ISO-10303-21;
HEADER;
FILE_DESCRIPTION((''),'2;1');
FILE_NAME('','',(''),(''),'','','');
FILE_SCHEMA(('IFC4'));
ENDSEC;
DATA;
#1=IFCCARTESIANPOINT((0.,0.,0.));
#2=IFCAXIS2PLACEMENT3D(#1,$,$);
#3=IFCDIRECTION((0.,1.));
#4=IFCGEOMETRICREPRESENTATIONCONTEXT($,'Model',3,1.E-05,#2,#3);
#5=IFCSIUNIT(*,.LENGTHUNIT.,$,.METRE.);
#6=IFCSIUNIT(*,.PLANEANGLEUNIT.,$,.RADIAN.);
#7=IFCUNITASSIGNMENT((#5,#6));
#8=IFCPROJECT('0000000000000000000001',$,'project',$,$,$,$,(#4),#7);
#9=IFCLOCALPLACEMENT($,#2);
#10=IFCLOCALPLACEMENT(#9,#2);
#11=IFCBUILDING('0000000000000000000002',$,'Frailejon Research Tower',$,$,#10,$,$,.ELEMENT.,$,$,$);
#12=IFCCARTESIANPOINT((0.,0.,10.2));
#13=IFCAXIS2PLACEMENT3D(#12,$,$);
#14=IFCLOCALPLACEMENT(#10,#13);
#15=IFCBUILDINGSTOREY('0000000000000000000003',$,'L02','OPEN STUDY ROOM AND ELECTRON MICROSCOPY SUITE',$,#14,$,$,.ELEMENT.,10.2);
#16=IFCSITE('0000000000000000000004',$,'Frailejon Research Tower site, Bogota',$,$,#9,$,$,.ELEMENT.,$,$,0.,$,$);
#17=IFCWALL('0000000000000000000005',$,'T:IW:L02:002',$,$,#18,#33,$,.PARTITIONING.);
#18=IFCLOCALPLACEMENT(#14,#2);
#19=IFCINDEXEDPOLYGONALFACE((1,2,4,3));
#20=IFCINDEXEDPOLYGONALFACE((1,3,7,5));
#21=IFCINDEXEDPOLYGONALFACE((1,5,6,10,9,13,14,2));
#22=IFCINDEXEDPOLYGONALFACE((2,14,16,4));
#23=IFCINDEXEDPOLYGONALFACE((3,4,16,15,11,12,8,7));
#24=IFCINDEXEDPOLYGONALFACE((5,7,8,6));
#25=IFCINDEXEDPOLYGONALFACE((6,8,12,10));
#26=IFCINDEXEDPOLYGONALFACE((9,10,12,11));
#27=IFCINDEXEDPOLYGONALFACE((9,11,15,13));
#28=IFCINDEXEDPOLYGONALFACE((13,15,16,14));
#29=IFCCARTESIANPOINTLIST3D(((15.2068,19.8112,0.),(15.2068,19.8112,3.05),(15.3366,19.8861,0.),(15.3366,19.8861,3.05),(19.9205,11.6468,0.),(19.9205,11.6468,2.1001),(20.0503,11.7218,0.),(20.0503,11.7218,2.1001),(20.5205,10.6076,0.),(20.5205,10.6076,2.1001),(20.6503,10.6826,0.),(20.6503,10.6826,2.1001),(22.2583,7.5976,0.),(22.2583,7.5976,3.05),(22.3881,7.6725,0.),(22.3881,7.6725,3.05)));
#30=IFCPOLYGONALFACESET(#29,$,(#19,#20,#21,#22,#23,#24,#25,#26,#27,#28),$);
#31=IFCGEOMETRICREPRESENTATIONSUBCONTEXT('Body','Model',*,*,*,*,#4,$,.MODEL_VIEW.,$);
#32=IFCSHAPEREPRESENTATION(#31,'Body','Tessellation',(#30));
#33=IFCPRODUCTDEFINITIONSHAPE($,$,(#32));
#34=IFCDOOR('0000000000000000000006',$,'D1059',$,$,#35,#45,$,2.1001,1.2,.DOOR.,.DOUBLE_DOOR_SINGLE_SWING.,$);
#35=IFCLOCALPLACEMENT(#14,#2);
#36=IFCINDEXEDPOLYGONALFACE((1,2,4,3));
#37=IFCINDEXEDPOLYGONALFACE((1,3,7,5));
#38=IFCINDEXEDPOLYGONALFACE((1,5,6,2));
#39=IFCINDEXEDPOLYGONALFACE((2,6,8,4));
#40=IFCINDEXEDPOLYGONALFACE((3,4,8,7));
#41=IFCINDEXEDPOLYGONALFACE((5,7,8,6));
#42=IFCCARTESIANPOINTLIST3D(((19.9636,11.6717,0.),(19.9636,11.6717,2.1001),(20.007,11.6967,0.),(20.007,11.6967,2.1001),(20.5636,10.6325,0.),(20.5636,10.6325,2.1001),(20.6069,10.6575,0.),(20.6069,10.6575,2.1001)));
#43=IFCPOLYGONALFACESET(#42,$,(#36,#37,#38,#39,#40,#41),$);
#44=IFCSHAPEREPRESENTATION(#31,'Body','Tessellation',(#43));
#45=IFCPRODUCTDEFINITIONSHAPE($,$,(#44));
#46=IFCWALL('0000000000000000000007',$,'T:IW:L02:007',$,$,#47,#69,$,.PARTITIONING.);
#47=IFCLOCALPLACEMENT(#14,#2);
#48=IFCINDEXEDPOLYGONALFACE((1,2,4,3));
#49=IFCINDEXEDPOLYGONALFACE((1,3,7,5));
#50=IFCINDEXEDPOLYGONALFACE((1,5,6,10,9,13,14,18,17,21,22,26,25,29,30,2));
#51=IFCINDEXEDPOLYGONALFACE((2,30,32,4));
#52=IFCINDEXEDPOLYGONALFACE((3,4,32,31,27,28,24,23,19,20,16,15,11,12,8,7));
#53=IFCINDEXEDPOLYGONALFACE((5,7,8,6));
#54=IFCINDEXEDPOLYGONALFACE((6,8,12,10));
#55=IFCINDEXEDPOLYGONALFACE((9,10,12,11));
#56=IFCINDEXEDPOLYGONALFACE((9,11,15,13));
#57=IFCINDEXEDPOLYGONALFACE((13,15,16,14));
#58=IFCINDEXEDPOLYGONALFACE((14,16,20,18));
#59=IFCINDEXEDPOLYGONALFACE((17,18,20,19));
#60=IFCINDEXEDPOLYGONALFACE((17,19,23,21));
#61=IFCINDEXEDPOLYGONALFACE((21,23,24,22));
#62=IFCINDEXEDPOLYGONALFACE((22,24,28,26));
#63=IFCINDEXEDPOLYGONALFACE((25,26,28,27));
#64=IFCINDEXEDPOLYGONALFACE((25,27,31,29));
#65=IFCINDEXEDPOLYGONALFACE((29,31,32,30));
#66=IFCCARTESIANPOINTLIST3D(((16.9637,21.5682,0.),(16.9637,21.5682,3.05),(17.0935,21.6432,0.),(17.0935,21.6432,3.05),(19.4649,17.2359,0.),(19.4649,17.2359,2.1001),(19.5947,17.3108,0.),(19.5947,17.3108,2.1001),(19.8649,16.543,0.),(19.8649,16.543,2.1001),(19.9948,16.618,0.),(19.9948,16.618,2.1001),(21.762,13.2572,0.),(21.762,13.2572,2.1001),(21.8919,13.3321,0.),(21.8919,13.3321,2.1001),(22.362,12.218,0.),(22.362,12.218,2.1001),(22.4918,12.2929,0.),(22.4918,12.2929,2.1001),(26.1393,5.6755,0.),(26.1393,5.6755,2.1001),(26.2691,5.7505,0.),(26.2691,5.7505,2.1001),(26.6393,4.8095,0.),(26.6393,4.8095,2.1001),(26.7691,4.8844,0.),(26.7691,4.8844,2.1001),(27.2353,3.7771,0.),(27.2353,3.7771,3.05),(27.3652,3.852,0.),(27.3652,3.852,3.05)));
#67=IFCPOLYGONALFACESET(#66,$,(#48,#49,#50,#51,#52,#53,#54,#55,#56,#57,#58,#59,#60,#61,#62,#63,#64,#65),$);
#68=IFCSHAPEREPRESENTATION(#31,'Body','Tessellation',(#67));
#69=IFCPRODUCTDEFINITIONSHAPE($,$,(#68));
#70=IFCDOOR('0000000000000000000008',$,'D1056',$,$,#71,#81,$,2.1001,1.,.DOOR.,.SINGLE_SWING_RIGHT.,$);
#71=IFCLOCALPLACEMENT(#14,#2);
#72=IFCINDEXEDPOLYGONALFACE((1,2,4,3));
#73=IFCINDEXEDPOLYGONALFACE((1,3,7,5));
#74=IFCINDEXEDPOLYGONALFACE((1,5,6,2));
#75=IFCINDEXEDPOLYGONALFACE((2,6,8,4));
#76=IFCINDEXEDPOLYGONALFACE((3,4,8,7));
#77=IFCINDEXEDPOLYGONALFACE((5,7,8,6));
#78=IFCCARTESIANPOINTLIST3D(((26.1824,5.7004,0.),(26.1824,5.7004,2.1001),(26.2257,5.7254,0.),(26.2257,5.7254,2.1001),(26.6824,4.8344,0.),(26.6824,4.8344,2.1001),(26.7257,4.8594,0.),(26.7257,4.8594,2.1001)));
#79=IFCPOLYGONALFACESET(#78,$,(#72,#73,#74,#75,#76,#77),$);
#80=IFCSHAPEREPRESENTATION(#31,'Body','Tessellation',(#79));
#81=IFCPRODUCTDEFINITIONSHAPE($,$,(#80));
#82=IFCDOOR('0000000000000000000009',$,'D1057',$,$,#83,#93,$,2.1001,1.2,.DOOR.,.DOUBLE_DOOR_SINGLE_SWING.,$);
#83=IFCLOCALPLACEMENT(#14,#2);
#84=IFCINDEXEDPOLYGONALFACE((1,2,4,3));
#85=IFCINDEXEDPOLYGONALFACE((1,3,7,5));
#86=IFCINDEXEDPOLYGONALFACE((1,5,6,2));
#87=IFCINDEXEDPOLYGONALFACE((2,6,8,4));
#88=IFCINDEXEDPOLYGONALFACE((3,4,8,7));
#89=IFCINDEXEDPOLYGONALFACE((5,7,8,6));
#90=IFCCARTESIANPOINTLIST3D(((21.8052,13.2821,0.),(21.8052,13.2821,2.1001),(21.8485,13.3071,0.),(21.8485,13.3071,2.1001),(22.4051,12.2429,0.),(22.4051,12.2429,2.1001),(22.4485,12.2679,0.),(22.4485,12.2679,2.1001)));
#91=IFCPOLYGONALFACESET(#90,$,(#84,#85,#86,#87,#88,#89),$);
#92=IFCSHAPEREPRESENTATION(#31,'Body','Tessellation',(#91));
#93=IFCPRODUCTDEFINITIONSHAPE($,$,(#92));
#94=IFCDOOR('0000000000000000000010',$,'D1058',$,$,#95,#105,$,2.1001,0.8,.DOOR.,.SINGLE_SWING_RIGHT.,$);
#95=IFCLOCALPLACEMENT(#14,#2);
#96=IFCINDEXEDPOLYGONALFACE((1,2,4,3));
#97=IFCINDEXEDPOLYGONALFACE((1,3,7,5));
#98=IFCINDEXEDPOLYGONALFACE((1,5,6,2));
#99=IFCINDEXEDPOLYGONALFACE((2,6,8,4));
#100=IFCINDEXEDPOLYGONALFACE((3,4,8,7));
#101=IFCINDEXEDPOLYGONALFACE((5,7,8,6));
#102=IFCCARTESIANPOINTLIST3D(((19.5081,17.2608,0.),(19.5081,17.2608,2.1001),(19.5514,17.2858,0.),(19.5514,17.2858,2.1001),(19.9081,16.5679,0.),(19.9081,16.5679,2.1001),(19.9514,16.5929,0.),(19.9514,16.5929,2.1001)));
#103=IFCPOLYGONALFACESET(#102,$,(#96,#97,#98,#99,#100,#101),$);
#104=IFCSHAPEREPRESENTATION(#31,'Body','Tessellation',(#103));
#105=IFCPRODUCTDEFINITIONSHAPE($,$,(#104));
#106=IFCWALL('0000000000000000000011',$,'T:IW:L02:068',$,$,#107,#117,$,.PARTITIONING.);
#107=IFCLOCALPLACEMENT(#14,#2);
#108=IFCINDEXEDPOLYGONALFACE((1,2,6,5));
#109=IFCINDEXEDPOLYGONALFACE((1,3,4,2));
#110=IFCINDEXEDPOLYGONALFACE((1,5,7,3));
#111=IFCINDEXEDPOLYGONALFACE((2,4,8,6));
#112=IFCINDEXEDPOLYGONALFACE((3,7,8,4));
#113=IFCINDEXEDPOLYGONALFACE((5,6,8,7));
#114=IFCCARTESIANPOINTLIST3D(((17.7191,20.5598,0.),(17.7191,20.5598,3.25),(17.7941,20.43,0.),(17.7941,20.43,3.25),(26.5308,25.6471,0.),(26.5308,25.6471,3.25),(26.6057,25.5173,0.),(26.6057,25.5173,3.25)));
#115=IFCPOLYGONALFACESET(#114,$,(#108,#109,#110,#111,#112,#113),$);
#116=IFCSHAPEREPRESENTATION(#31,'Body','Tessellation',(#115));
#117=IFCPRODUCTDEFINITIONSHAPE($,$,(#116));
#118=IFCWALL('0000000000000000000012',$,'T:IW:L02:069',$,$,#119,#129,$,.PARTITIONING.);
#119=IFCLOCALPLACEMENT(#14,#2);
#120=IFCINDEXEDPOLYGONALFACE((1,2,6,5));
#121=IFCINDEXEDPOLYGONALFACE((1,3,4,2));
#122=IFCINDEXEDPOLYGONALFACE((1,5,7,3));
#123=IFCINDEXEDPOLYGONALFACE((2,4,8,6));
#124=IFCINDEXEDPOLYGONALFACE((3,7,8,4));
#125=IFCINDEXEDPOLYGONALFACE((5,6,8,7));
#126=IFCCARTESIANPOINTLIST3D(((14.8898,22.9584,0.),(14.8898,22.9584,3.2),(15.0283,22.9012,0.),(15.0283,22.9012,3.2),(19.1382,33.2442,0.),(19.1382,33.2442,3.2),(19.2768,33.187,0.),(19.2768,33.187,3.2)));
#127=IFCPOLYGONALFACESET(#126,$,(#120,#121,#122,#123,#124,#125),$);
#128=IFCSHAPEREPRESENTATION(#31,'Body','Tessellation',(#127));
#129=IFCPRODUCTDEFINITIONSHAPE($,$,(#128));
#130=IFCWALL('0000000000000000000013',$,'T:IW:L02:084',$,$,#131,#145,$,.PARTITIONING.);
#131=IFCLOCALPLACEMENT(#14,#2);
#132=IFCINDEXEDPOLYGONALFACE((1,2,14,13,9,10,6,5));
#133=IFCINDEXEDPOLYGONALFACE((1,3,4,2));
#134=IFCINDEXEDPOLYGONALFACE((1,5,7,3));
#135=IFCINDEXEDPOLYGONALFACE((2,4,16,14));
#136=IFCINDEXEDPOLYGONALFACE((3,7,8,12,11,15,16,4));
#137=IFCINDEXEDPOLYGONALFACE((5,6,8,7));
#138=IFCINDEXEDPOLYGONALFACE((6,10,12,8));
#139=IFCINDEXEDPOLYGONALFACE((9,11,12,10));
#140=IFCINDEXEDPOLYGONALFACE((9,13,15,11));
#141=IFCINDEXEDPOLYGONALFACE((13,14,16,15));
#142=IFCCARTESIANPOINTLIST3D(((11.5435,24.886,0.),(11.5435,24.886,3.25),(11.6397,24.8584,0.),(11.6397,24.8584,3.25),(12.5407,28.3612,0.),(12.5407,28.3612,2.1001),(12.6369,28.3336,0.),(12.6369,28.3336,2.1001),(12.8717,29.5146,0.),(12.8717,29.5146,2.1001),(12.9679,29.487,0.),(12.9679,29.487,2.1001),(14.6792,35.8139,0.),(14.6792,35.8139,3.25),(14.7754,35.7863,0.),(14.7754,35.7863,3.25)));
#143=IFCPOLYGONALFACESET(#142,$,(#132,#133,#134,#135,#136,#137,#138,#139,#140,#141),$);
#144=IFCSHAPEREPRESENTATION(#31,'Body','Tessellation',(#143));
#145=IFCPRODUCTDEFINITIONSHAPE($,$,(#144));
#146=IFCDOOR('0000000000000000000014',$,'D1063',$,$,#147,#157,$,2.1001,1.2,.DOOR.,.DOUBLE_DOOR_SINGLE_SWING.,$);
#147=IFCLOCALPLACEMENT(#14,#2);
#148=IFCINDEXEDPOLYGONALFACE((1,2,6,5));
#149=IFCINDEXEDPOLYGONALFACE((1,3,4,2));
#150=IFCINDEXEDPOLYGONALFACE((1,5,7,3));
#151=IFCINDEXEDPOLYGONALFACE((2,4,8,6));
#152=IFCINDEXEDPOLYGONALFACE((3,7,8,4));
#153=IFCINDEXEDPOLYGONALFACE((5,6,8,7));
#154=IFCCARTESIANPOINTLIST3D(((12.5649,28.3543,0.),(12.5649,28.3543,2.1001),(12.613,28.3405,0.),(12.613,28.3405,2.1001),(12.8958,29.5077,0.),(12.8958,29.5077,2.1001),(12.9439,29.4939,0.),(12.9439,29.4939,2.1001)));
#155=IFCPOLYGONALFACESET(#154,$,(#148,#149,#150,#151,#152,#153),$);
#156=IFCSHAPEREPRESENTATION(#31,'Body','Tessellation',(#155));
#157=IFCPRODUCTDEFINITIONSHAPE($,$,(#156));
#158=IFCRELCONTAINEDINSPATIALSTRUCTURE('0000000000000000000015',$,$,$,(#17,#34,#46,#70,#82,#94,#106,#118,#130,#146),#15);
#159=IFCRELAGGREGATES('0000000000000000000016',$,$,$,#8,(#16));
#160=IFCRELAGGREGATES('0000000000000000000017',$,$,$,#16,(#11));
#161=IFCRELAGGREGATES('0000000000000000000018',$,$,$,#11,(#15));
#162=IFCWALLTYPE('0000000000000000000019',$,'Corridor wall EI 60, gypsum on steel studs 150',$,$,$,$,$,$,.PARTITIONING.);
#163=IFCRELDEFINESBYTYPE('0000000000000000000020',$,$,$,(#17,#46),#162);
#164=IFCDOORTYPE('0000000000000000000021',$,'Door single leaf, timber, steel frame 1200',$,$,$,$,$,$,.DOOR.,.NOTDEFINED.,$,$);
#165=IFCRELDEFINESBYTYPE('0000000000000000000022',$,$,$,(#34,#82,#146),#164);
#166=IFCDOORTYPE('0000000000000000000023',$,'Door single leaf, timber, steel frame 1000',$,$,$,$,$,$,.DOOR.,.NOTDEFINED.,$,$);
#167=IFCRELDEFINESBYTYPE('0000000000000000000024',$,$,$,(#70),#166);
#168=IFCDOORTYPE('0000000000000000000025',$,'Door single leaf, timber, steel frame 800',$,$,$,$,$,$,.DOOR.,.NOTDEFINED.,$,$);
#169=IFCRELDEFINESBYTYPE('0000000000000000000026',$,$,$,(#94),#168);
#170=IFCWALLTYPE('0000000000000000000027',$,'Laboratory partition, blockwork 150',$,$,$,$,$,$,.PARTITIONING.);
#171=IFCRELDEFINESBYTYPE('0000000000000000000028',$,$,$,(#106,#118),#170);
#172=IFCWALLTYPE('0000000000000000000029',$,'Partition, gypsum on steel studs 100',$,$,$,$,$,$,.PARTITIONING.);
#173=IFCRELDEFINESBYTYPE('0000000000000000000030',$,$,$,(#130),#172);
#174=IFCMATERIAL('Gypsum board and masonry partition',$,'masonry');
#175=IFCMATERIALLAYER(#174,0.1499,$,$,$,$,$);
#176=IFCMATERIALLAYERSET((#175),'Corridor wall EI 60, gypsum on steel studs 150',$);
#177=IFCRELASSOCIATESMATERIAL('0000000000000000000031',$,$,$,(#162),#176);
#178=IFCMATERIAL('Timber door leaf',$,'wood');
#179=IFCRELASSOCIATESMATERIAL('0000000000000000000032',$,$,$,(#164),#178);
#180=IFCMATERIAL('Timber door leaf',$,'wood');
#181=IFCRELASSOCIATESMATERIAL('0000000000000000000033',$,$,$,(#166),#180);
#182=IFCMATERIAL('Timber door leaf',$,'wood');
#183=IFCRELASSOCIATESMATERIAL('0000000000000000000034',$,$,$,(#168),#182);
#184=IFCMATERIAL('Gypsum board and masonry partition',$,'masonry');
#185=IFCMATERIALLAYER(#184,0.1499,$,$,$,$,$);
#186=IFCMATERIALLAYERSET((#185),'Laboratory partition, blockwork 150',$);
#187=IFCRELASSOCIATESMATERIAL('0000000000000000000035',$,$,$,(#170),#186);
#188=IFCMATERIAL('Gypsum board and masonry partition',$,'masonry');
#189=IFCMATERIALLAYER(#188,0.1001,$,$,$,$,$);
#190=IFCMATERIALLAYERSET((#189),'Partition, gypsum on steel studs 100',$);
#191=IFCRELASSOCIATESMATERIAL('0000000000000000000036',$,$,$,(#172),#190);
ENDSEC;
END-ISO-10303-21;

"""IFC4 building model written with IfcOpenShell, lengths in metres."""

from ifc_helpers import new_model, si_unit, direction, frame, frame_2d, origin, place, context, subcontext, project, spatial, rectangle, extrude, material, layer, layer_set, type_object, element, fill, save


model = new_model("IFC4")

# Units and contexts
model_context = context("Model", 3, precision=1e-05, world=origin(), true_north=direction((0.0, 1.0)))
body_context = subcontext(model_context, "Body", "Model", "MODEL_VIEW")
ifc_project = project(units=[si_unit("LENGTHUNIT", "METRE"), si_unit("PLANEANGLEUNIT", "RADIAN")], contexts=[model_context])

# Site, building, storey
site_placement = place(None, origin())
site = spatial("IfcSite", under=ifc_project, at=site_placement, Name="Frailejon Research Tower site, Bogota", CompositionType="ELEMENT", RefElevation=0.0)
building_placement = place(site_placement, origin())
building = spatial("IfcBuilding", under=site, at=building_placement, Name="Frailejon Research Tower", CompositionType="ELEMENT")
storey_placement = place(building_placement, frame((0.0, 0.0, 10.2)))
storey = spatial("IfcBuildingStorey", under=building, at=storey_placement, Name="L02", Description="OPEN STUDY ROOM AND ELECTRON MICROSCOPY SUITE", CompositionType="ELEMENT", Elevation=10.2)

# Wall, opening, door
ifc_material_1 = material(Name="Gypsum board and masonry partition", Category="masonry")
ifc_layer_1 = layer(ifc_material_1, 0.1499)
ifc_layer_set_1 = layer_set([ifc_layer_1], Name="Corridor wall EI 60, gypsum on steel studs 150")
wall_type_1 = type_object("IfcWallType", Name="Corridor wall EI 60, gypsum on steel studs 150", PredefinedType="PARTITIONING", material=ifc_layer_set_1)
wall_1_placement = place(storey_placement, frame((15.2717, 19.8486, 0.0), z_axis=(0.0, 0.0, 1.0), x_axis=(0.499999, -0.866026, 0.0)))
wall_1 = element("IfcWall", 1, at=wall_1_placement, inside=storey, type_object=wall_type_1, Name="T:IW:L02:002", PredefinedType="PARTITIONING", context=body_context, shape_type="SweptSolid", body=[
    extrude(rectangle(XDim=14.103, YDim=0.1499, at=frame_2d((7.0515, 0.0))), origin(), (0.0, 0.0, 1.0), 3.05),
])
opening_1_placement = place(wall_1_placement, frame((9.4272, 0.0, 0.0)))
opening_1 = element("IfcOpeningElement", 2, at=opening_1_placement, cuts=wall_1, PredefinedType="OPENING", context=body_context, shape_type="SweptSolid", body=[
    extrude(rectangle(XDim=1.2, YDim=2.1001, at=frame_2d((0.6001, 1.05))), frame((0.0, 0.085, 0.0), z_axis=(0.0, -1.0, 0.0), x_axis=(1.0, 0.0, 0.0)), (0.0, 0.0, 1.0), 0.1699),
])
ifc_material_2 = material(Name="Timber door leaf", Category="wood")
door_type_1 = type_object("IfcDoorType", Name="Door single leaf, timber, steel frame 1200", OperationType="NOTDEFINED", PredefinedType="DOOR", material=ifc_material_2)
door_1_placement = place(opening_1_placement, origin())
door_1 = element("IfcDoor", 3, at=door_1_placement, inside=storey, type_object=door_type_1, Name="D1059", OperationType="DOUBLE_DOOR_SINGLE_SWING", OverallHeight=2.1001, OverallWidth=1.2, PredefinedType="DOOR", context=body_context, shape_type="SweptSolid", body=[
    extrude(rectangle(XDim=1.2, YDim=2.1001, at=frame_2d((0.6001, 1.05))), frame((0.0, 0.0249, 0.0), z_axis=(0.0, -1.0, 0.0), x_axis=(1.0, 0.0, 0.0)), (0.0, 0.0, 1.0), 0.05),
])
fill(opening_1, door_1)

# Wall, openings, doors
wall_2_placement = place(storey_placement, frame((17.0286, 21.6057, 0.0), z_axis=(0.0, 0.0, 1.0), x_axis=(0.499998, -0.866027, 0.0)))
wall_2 = element("IfcWall", 4, at=wall_2_placement, inside=storey, type_object=wall_type_1, Name="T:IW:L02:007", PredefinedType="PARTITIONING", context=body_context, shape_type="SweptSolid", body=[
    extrude(rectangle(XDim=20.5435, YDim=0.1499, at=frame_2d((10.2717, 0.0))), origin(), (0.0, 0.0, 1.0), 3.05),
])
opening_2_placement = place(wall_2_placement, frame((18.3513, 0.0, 0.0)))
opening_2 = element("IfcOpeningElement", 5, at=opening_2_placement, cuts=wall_2, PredefinedType="OPENING", context=body_context, shape_type="SweptSolid", body=[
    extrude(rectangle(XDim=1.0, YDim=2.1001, at=frame_2d((0.5, 1.05))), frame((0.0, 0.085, 0.0), z_axis=(0.0, -1.0, 0.0), x_axis=(1.0, 0.0, 0.0)), (0.0, 0.0, 1.0), 0.1699),
])
opening_3_placement = place(wall_2_placement, frame((9.5967, 0.0, 0.0)))
opening_3 = element("IfcOpeningElement", 6, at=opening_3_placement, cuts=wall_2, PredefinedType="OPENING", context=body_context, shape_type="SweptSolid", body=[
    extrude(rectangle(XDim=1.2, YDim=2.1001, at=frame_2d((0.6001, 1.05))), frame((0.0, 0.085, 0.0), z_axis=(0.0, -1.0, 0.0), x_axis=(1.0, 0.0, 0.0)), (0.0, 0.0, 1.0), 0.1699),
])
opening_4_placement = place(wall_2_placement, frame((5.0027, 0.0, 0.0)))
opening_4 = element("IfcOpeningElement", 7, at=opening_4_placement, cuts=wall_2, PredefinedType="OPENING", context=body_context, shape_type="SweptSolid", body=[
    extrude(rectangle(XDim=0.8, YDim=2.1001, at=frame_2d((0.3999, 1.05))), frame((0.0, 0.085, 0.0), z_axis=(0.0, -1.0, 0.0), x_axis=(1.0, 0.0, 0.0)), (0.0, 0.0, 1.0), 0.1699),
])
ifc_material_3 = material(Name="Timber door leaf", Category="wood")
door_type_2 = type_object("IfcDoorType", Name="Door single leaf, timber, steel frame 1000", OperationType="NOTDEFINED", PredefinedType="DOOR", material=ifc_material_3)
door_2_placement = place(opening_2_placement, origin())
door_2 = element("IfcDoor", 8, at=door_2_placement, inside=storey, type_object=door_type_2, Name="D1056", OperationType="SINGLE_SWING_RIGHT", OverallHeight=2.1001, OverallWidth=1.0, PredefinedType="DOOR", context=body_context, shape_type="SweptSolid", body=[
    extrude(rectangle(XDim=1.0, YDim=2.1001, at=frame_2d((0.5, 1.05))), frame((0.0, 0.0249, 0.0), z_axis=(0.0, -1.0, 0.0), x_axis=(1.0, 0.0, 0.0)), (0.0, 0.0, 1.0), 0.05),
])
fill(opening_2, door_2)
door_3_placement = place(opening_3_placement, origin())
door_3 = element("IfcDoor", 9, at=door_3_placement, inside=storey, type_object=door_type_1, Name="D1057", OperationType="DOUBLE_DOOR_SINGLE_SWING", OverallHeight=2.1001, OverallWidth=1.2, PredefinedType="DOOR", context=body_context, shape_type="SweptSolid", body=[
    extrude(rectangle(XDim=1.2, YDim=2.1001, at=frame_2d((0.6001, 1.05))), frame((0.0, 0.0249, 0.0), z_axis=(0.0, -1.0, 0.0), x_axis=(1.0, 0.0, 0.0)), (0.0, 0.0, 1.0), 0.05),
])
fill(opening_3, door_3)
ifc_material_4 = material(Name="Timber door leaf", Category="wood")
door_type_3 = type_object("IfcDoorType", Name="Door single leaf, timber, steel frame 800", OperationType="NOTDEFINED", PredefinedType="DOOR", material=ifc_material_4)
door_4_placement = place(opening_4_placement, origin())
door_4 = element("IfcDoor", 10, at=door_4_placement, inside=storey, type_object=door_type_3, Name="D1058", OperationType="SINGLE_SWING_RIGHT", OverallHeight=2.1001, OverallWidth=0.8, PredefinedType="DOOR", context=body_context, shape_type="SweptSolid", body=[
    extrude(rectangle(XDim=0.8, YDim=2.1001, at=frame_2d((0.3999, 1.05))), frame((0.0, 0.0249, 0.0), z_axis=(0.0, -1.0, 0.0), x_axis=(1.0, 0.0, 0.0)), (0.0, 0.0, 1.0), 0.05),
])
fill(opening_4, door_4)

# Walls
ifc_material_5 = material(Name="Gypsum board and masonry partition", Category="masonry")
ifc_layer_2 = layer(ifc_material_5, 0.1499)
ifc_layer_set_2 = layer_set([ifc_layer_2], Name="Laboratory partition, blockwork 150")
wall_type_2 = type_object("IfcWallType", Name="Laboratory partition, blockwork 150", PredefinedType="PARTITIONING", material=ifc_layer_set_2)
wall_3_placement = place(storey_placement, frame((17.7566, 20.4949, 0.0), z_axis=(0.0, 0.0, 1.0), x_axis=(0.866029, 0.499995, 0.0)))
element("IfcWall", 11, at=wall_3_placement, inside=storey, type_object=wall_type_2, Name="T:IW:L02:068", PredefinedType="PARTITIONING", context=body_context, shape_type="SweptSolid", body=[
    extrude(rectangle(XDim=10.1748, YDim=0.1499, at=frame_2d((5.0874, 0.0))), origin(), (0.0, 0.0, 1.0), 3.25),
])
wall_4_placement = place(storey_placement, frame((14.959, 22.9297, 0.0), z_axis=(0.0, 0.0, 1.0), x_axis=(0.381761, 0.924261, 0.0)))
element("IfcWall", 12, at=wall_4_placement, inside=storey, type_object=wall_type_2, Name="T:IW:L02:069", PredefinedType="PARTITIONING", context=body_context, shape_type="SweptSolid", body=[
    extrude(rectangle(XDim=11.1287, YDim=0.1499, at=frame_2d((5.5645, 0.0))), origin(), (0.0, 0.0, 1.0), 3.2),
])

# Wall, opening, door
ifc_material_6 = material(Name="Gypsum board and masonry partition", Category="masonry")
ifc_layer_3 = layer(ifc_material_6, 0.1001)
ifc_layer_set_3 = layer_set([ifc_layer_3], Name="Partition, gypsum on steel studs 100")
wall_type_3 = type_object("IfcWallType", Name="Partition, gypsum on steel studs 100", PredefinedType="PARTITIONING", material=ifc_layer_set_3)
wall_5_placement = place(storey_placement, frame((11.5916, 24.8721, 0.0), z_axis=(0.0, 0.0, 1.0), x_axis=(0.275816, 0.961211, 0.0)))
wall_5 = element("IfcWall", 13, at=wall_5_placement, inside=storey, type_object=wall_type_3, Name="T:IW:L02:084", PredefinedType="PARTITIONING", context=body_context, shape_type="SweptSolid", body=[
    extrude(rectangle(XDim=11.3689, YDim=0.1001, at=frame_2d((5.6846, 0.0))), origin(), (0.0, 0.0, 1.0), 3.25),
])
opening_5_placement = place(wall_5_placement, frame((3.6155, 0.0, 0.0)))
opening_5 = element("IfcOpeningElement", 14, at=opening_5_placement, cuts=wall_5, PredefinedType="OPENING", context=body_context, shape_type="SweptSolid", body=[
    extrude(rectangle(XDim=1.2, YDim=2.1001, at=frame_2d((0.6001, 1.05))), frame((0.0, 0.0601, 0.0), z_axis=(0.0, -1.0, 0.0), x_axis=(1.0, 0.0, 0.0)), (0.0, 0.0, 1.0), 0.1201),
])
door_5_placement = place(opening_5_placement, origin())
door_5 = element("IfcDoor", 15, at=door_5_placement, inside=storey, type_object=door_type_1, Name="D1063", OperationType="DOUBLE_DOOR_SINGLE_SWING", OverallHeight=2.1001, OverallWidth=1.2, PredefinedType="DOOR", context=body_context, shape_type="SweptSolid", body=[
    extrude(rectangle(XDim=1.2, YDim=2.1001, at=frame_2d((0.6001, 1.05))), frame((0.0, 0.0249, 0.0), z_axis=(0.0, -1.0, 0.0), x_axis=(1.0, 0.0, 0.0)), (0.0, 0.0, 1.0), 0.05),
])
fill(opening_5, door_5)

save(model, "model.ifc")
